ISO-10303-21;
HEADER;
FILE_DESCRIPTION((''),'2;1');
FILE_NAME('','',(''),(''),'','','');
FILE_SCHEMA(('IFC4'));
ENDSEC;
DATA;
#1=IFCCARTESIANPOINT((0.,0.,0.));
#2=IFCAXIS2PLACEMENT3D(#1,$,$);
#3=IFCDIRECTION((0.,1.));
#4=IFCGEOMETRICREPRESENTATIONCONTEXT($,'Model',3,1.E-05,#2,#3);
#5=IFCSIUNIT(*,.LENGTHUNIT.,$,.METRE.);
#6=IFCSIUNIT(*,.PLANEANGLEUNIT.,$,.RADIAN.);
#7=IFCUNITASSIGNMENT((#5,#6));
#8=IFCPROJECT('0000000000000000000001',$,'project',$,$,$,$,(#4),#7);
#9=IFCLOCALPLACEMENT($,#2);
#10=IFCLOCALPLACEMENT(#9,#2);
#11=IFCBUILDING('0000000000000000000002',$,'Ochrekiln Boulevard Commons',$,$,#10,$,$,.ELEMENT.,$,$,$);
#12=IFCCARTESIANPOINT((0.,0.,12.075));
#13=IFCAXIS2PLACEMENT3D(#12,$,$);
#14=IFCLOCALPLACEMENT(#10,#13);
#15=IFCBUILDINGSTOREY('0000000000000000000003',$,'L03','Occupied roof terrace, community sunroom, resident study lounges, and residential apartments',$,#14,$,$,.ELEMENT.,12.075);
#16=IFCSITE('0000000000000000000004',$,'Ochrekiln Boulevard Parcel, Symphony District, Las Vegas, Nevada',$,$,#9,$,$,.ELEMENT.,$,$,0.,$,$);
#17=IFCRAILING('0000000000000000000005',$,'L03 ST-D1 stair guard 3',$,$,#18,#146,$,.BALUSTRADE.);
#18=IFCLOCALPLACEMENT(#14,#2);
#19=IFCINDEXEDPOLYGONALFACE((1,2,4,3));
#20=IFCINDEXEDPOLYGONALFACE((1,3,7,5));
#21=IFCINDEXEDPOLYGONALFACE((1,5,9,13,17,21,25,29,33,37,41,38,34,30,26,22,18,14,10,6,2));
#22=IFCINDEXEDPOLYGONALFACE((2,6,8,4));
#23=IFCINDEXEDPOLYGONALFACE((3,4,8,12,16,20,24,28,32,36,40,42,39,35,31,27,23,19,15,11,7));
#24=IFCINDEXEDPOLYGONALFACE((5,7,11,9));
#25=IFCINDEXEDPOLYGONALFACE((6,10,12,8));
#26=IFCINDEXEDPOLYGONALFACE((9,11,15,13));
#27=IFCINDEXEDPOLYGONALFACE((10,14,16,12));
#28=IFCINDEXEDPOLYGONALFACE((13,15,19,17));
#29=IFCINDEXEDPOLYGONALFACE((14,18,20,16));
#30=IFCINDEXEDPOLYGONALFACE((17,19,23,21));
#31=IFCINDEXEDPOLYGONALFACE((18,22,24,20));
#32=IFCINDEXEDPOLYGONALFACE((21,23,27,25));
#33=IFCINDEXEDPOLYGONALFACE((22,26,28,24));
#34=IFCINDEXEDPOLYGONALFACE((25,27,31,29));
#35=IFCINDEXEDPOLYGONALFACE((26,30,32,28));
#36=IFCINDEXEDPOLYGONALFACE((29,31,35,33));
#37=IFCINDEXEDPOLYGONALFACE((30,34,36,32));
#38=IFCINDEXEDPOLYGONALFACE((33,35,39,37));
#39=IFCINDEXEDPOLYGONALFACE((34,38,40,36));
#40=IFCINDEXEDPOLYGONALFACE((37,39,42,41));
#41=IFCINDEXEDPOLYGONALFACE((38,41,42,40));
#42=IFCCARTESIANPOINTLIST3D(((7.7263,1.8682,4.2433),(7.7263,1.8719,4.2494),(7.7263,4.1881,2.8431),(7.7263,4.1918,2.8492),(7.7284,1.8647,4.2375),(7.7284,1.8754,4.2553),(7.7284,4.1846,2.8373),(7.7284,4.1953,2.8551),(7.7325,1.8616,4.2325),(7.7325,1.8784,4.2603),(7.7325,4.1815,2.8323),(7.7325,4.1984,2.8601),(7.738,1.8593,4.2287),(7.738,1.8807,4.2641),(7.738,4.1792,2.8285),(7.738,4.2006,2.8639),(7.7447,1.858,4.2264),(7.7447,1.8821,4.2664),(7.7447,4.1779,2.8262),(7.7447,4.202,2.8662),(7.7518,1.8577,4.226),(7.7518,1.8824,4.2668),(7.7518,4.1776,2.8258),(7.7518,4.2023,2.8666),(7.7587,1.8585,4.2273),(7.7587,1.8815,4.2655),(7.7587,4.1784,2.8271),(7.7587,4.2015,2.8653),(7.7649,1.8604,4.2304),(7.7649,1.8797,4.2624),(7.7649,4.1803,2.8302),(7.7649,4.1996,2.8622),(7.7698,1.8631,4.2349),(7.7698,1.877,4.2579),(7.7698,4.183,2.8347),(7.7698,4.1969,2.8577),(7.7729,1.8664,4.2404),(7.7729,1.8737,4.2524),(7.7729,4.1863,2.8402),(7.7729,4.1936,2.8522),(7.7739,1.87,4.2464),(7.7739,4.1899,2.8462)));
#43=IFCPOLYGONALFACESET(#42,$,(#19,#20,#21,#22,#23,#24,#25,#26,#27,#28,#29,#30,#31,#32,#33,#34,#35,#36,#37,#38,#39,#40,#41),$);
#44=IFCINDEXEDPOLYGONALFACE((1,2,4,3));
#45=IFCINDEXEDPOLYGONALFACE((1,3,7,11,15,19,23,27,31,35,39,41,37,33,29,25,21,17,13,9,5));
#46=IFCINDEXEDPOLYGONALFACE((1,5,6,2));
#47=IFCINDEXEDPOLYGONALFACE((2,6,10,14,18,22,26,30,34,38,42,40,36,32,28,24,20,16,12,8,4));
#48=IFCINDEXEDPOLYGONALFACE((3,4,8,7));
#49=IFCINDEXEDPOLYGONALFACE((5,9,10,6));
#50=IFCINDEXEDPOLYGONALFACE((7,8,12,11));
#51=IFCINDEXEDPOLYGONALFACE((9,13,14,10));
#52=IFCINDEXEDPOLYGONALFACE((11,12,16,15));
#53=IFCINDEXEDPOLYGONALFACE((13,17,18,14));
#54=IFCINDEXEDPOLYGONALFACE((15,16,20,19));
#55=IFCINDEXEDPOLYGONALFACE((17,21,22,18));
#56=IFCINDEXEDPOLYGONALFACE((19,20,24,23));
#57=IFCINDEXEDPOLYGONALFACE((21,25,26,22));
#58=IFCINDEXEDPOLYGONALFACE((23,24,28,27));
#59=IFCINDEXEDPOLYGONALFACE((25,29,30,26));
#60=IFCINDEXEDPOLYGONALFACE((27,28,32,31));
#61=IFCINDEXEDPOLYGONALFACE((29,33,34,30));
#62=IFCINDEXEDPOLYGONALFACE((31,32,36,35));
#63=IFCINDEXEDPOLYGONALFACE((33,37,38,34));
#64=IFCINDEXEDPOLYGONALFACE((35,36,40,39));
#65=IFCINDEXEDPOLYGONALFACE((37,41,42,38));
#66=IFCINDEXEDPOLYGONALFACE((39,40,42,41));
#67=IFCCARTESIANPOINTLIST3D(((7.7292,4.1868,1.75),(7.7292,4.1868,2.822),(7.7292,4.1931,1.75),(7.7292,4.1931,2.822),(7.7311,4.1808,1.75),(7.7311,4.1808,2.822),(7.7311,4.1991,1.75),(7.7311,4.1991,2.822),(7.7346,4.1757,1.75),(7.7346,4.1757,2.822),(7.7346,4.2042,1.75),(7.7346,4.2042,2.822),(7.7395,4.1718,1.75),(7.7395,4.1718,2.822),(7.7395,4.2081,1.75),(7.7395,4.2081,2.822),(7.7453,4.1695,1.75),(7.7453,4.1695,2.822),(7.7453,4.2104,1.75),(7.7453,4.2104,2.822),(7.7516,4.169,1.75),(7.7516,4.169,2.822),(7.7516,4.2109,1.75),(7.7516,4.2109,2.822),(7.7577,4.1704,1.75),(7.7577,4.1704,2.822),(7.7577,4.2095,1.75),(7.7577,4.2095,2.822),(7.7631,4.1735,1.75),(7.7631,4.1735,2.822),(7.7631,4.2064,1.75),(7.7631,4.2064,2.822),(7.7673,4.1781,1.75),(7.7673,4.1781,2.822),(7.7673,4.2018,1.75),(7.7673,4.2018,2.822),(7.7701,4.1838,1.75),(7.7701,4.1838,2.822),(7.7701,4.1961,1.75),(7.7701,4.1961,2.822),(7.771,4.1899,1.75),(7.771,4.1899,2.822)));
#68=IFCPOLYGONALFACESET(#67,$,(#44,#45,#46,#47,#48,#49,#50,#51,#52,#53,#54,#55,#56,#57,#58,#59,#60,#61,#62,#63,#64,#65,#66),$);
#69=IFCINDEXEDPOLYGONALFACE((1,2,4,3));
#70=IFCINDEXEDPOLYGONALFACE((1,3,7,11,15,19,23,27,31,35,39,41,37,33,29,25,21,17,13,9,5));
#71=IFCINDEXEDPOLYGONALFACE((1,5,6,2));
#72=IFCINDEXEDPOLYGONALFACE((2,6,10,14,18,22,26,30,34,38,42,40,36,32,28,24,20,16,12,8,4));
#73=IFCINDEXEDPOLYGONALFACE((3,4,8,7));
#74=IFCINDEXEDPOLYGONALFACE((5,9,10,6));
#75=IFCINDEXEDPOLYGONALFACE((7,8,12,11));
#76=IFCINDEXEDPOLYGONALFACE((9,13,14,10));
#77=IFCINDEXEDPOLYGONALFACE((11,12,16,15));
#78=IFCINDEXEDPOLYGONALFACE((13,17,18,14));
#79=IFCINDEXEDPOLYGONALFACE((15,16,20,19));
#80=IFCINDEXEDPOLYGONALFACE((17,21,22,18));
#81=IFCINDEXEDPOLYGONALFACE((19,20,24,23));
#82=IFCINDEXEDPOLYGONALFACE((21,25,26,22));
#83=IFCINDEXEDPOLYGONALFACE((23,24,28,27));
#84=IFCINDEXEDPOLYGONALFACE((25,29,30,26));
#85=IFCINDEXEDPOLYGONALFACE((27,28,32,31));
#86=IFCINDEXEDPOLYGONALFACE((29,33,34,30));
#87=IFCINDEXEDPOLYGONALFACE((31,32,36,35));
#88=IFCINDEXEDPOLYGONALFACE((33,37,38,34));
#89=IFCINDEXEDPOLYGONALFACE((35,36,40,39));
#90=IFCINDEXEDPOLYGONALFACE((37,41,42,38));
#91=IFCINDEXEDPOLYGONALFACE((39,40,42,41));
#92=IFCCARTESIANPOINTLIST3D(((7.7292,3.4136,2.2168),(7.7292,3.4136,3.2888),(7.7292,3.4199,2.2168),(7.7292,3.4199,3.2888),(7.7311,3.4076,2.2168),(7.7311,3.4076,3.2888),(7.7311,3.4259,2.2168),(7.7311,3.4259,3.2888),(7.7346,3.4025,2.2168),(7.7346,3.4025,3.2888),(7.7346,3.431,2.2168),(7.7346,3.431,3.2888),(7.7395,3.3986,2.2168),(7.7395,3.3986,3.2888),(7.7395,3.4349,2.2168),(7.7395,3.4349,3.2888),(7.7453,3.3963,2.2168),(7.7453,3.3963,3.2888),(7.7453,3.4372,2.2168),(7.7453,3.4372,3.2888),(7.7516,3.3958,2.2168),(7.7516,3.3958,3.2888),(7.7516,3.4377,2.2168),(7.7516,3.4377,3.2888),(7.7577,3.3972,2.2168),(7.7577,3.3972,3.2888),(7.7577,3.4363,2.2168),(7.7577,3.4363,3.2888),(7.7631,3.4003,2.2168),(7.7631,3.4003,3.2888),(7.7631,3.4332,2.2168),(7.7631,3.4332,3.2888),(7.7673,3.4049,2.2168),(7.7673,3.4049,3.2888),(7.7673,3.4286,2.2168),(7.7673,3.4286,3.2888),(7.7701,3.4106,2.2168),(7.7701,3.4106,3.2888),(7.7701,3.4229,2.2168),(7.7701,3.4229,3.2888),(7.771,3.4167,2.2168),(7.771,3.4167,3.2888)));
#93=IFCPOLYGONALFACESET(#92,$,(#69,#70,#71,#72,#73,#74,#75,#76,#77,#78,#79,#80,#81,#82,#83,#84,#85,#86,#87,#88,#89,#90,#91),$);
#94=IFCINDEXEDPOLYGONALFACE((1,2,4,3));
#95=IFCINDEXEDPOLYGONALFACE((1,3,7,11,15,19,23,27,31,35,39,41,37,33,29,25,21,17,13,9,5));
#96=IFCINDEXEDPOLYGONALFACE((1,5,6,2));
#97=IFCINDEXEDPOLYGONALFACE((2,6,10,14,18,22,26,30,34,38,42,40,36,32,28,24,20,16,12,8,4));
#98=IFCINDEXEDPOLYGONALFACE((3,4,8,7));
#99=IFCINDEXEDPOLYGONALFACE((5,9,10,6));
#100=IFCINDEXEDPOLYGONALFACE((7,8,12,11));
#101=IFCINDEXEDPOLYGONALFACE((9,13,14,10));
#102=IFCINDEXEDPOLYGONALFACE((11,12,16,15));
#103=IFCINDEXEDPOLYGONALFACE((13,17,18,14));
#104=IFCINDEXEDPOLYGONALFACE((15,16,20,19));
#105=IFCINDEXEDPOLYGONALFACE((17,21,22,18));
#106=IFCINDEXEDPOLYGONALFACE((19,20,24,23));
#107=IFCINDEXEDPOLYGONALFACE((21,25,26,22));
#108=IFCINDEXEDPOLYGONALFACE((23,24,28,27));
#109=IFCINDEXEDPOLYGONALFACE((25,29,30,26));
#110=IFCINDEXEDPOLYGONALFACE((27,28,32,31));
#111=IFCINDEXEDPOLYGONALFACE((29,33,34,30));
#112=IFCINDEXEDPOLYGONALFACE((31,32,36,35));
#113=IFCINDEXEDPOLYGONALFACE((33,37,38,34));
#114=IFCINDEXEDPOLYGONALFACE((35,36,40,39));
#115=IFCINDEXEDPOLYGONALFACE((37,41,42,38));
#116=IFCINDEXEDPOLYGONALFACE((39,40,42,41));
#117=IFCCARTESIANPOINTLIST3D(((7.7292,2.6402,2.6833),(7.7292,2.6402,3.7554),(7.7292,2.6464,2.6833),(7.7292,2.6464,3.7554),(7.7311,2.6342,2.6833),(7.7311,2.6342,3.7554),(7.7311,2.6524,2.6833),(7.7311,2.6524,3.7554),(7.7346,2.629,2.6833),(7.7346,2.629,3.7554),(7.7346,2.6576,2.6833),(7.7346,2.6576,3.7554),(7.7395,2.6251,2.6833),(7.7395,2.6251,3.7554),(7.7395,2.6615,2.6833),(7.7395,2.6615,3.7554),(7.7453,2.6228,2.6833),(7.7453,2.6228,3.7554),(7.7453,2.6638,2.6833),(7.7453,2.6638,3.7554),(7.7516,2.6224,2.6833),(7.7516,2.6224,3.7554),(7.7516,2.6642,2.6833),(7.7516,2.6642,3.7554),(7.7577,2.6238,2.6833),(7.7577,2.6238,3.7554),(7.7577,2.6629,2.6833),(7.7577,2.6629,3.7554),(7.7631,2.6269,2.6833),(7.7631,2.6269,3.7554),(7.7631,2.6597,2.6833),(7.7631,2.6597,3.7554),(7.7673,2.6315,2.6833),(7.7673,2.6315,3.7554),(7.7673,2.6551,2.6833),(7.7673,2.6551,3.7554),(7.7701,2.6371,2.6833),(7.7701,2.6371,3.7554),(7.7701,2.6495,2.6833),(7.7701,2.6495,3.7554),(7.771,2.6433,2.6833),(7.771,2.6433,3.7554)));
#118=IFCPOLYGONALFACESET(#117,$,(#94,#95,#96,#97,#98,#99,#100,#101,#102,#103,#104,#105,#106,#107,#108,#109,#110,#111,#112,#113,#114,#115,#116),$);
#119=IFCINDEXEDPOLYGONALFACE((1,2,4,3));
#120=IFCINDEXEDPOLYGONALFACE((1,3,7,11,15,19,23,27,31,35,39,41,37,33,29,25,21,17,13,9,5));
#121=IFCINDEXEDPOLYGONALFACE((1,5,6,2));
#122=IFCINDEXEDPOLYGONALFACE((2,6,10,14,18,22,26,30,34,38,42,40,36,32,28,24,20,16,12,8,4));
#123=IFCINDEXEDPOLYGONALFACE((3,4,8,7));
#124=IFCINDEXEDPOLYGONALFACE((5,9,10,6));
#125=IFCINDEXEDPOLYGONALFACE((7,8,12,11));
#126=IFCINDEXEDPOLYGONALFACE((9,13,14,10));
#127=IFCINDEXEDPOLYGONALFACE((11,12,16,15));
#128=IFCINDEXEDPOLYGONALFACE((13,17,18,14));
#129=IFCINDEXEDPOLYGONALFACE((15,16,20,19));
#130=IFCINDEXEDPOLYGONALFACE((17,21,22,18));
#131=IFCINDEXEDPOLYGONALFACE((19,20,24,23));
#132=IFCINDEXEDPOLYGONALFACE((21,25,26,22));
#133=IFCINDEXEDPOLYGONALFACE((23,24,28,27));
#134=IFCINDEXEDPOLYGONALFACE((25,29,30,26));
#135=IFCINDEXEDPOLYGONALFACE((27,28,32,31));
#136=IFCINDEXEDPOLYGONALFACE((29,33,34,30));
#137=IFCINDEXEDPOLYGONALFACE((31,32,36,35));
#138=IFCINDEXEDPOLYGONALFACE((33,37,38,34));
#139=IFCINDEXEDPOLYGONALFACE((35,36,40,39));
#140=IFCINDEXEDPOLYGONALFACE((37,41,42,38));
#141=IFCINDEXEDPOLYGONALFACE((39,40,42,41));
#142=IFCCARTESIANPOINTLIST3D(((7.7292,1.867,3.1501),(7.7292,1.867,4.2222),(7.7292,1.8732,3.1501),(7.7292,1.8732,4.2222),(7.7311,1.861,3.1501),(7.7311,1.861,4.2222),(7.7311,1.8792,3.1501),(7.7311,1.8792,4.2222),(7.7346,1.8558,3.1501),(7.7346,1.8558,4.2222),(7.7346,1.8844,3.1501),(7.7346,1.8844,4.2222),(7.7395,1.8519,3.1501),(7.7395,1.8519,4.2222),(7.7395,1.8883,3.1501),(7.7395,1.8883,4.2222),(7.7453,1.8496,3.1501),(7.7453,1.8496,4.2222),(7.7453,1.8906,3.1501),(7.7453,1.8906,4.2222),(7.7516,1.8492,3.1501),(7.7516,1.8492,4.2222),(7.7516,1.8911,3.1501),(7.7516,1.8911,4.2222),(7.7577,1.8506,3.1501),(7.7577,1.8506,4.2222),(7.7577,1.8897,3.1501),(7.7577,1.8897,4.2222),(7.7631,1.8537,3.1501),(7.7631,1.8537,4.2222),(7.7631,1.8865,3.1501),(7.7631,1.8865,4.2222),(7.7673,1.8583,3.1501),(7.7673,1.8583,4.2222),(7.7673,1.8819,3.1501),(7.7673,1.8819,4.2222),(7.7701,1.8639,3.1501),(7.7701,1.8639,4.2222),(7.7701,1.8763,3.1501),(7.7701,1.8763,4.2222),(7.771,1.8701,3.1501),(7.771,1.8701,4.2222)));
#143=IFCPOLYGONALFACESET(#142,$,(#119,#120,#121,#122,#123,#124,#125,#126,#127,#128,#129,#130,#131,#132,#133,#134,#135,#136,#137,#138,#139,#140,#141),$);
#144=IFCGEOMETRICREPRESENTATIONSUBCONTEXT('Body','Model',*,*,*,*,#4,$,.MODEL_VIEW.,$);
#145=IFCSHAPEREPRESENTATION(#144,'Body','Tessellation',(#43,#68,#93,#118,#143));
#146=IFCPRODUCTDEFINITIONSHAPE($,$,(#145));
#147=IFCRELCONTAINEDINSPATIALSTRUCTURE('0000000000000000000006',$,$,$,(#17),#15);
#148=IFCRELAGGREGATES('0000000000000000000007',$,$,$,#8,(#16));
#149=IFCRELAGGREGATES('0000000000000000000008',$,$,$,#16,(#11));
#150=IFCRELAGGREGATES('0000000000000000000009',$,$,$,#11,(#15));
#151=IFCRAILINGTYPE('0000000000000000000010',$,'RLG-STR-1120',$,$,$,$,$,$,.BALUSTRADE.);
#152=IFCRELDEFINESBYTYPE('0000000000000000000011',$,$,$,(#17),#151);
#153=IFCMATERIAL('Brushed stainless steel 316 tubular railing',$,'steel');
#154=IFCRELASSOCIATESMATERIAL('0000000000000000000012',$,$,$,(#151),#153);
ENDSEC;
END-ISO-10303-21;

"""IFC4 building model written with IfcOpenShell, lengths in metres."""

from ifc_helpers import new_model, si_unit, direction, frame, origin, origin_2d, place, context, subcontext, project, spatial, circle, extrude, material, type_object, element, save


model = new_model("IFC4")

# Units and contexts
model_context = context("Model", 3, precision=1e-05, world=origin(), true_north=direction((0.0, 1.0)))
body_context = subcontext(model_context, "Body", "Model", "MODEL_VIEW")
ifc_project = project(units=[si_unit("LENGTHUNIT", "METRE"), si_unit("PLANEANGLEUNIT", "RADIAN")], contexts=[model_context])

# Site, building, storey
site_placement = place(None, origin())
site = spatial("IfcSite", under=ifc_project, at=site_placement, Name="Ochrekiln Boulevard Parcel, Symphony District, Las Vegas, Nevada", CompositionType="ELEMENT", RefElevation=0.0)
building_placement = place(site_placement, origin())
building = spatial("IfcBuilding", under=site, at=building_placement, Name="Ochrekiln Boulevard Commons", CompositionType="ELEMENT")
storey_placement = place(building_placement, frame((0.0, 0.0, 12.075)))
storey = spatial("IfcBuildingStorey", under=building, at=storey_placement, Name="L03", Description="Occupied roof terrace, community sunroom, resident study lounges, and residential apartments", CompositionType="ELEMENT", Elevation=12.075)

# Railing
ifc_material_1 = material(Name="Brushed stainless steel 316 tubular railing", Category="steel")
railing_type_1 = type_object("IfcRailingType", Name="RLG-STR-1120", PredefinedType="BALUSTRADE", material=ifc_material_1)
railing_1_placement = place(storey_placement, frame((7.75, 4.1899, 1.75)))
element("IfcRailing", 1, at=railing_1_placement, inside=storey, type_object=railing_type_1, Name="L03 ST-D1 stair guard 3", PredefinedType="BALUSTRADE", context=body_context, shape_type="SweptSolid", body=[
    extrude(circle(Radius=0.0239, at=origin_2d()), frame((0.0, 0.0, 1.0962), z_axis=(0.0, -0.856146, 0.516733), x_axis=(1.0, 0.0, 0.0)), (0.0, 0.0, 1.0), 2.7097),
    extrude(circle(Radius=0.021, at=origin_2d()), origin(), (0.0, 0.0, 1.0), 1.072),
    extrude(circle(Radius=0.021, at=origin_2d()), frame((0.0, -0.7732, 0.4668)), (0.0, 0.0, 1.0), 1.072),
    extrude(circle(Radius=0.021, at=origin_2d()), frame((0.0, -1.5466, 0.9333)), (0.0, 0.0, 1.0), 1.072),
    extrude(circle(Radius=0.021, at=origin_2d()), frame((0.0, -2.3198, 1.4001)), (0.0, 0.0, 1.0), 1.072),
])

save(model, "model.ifc")
